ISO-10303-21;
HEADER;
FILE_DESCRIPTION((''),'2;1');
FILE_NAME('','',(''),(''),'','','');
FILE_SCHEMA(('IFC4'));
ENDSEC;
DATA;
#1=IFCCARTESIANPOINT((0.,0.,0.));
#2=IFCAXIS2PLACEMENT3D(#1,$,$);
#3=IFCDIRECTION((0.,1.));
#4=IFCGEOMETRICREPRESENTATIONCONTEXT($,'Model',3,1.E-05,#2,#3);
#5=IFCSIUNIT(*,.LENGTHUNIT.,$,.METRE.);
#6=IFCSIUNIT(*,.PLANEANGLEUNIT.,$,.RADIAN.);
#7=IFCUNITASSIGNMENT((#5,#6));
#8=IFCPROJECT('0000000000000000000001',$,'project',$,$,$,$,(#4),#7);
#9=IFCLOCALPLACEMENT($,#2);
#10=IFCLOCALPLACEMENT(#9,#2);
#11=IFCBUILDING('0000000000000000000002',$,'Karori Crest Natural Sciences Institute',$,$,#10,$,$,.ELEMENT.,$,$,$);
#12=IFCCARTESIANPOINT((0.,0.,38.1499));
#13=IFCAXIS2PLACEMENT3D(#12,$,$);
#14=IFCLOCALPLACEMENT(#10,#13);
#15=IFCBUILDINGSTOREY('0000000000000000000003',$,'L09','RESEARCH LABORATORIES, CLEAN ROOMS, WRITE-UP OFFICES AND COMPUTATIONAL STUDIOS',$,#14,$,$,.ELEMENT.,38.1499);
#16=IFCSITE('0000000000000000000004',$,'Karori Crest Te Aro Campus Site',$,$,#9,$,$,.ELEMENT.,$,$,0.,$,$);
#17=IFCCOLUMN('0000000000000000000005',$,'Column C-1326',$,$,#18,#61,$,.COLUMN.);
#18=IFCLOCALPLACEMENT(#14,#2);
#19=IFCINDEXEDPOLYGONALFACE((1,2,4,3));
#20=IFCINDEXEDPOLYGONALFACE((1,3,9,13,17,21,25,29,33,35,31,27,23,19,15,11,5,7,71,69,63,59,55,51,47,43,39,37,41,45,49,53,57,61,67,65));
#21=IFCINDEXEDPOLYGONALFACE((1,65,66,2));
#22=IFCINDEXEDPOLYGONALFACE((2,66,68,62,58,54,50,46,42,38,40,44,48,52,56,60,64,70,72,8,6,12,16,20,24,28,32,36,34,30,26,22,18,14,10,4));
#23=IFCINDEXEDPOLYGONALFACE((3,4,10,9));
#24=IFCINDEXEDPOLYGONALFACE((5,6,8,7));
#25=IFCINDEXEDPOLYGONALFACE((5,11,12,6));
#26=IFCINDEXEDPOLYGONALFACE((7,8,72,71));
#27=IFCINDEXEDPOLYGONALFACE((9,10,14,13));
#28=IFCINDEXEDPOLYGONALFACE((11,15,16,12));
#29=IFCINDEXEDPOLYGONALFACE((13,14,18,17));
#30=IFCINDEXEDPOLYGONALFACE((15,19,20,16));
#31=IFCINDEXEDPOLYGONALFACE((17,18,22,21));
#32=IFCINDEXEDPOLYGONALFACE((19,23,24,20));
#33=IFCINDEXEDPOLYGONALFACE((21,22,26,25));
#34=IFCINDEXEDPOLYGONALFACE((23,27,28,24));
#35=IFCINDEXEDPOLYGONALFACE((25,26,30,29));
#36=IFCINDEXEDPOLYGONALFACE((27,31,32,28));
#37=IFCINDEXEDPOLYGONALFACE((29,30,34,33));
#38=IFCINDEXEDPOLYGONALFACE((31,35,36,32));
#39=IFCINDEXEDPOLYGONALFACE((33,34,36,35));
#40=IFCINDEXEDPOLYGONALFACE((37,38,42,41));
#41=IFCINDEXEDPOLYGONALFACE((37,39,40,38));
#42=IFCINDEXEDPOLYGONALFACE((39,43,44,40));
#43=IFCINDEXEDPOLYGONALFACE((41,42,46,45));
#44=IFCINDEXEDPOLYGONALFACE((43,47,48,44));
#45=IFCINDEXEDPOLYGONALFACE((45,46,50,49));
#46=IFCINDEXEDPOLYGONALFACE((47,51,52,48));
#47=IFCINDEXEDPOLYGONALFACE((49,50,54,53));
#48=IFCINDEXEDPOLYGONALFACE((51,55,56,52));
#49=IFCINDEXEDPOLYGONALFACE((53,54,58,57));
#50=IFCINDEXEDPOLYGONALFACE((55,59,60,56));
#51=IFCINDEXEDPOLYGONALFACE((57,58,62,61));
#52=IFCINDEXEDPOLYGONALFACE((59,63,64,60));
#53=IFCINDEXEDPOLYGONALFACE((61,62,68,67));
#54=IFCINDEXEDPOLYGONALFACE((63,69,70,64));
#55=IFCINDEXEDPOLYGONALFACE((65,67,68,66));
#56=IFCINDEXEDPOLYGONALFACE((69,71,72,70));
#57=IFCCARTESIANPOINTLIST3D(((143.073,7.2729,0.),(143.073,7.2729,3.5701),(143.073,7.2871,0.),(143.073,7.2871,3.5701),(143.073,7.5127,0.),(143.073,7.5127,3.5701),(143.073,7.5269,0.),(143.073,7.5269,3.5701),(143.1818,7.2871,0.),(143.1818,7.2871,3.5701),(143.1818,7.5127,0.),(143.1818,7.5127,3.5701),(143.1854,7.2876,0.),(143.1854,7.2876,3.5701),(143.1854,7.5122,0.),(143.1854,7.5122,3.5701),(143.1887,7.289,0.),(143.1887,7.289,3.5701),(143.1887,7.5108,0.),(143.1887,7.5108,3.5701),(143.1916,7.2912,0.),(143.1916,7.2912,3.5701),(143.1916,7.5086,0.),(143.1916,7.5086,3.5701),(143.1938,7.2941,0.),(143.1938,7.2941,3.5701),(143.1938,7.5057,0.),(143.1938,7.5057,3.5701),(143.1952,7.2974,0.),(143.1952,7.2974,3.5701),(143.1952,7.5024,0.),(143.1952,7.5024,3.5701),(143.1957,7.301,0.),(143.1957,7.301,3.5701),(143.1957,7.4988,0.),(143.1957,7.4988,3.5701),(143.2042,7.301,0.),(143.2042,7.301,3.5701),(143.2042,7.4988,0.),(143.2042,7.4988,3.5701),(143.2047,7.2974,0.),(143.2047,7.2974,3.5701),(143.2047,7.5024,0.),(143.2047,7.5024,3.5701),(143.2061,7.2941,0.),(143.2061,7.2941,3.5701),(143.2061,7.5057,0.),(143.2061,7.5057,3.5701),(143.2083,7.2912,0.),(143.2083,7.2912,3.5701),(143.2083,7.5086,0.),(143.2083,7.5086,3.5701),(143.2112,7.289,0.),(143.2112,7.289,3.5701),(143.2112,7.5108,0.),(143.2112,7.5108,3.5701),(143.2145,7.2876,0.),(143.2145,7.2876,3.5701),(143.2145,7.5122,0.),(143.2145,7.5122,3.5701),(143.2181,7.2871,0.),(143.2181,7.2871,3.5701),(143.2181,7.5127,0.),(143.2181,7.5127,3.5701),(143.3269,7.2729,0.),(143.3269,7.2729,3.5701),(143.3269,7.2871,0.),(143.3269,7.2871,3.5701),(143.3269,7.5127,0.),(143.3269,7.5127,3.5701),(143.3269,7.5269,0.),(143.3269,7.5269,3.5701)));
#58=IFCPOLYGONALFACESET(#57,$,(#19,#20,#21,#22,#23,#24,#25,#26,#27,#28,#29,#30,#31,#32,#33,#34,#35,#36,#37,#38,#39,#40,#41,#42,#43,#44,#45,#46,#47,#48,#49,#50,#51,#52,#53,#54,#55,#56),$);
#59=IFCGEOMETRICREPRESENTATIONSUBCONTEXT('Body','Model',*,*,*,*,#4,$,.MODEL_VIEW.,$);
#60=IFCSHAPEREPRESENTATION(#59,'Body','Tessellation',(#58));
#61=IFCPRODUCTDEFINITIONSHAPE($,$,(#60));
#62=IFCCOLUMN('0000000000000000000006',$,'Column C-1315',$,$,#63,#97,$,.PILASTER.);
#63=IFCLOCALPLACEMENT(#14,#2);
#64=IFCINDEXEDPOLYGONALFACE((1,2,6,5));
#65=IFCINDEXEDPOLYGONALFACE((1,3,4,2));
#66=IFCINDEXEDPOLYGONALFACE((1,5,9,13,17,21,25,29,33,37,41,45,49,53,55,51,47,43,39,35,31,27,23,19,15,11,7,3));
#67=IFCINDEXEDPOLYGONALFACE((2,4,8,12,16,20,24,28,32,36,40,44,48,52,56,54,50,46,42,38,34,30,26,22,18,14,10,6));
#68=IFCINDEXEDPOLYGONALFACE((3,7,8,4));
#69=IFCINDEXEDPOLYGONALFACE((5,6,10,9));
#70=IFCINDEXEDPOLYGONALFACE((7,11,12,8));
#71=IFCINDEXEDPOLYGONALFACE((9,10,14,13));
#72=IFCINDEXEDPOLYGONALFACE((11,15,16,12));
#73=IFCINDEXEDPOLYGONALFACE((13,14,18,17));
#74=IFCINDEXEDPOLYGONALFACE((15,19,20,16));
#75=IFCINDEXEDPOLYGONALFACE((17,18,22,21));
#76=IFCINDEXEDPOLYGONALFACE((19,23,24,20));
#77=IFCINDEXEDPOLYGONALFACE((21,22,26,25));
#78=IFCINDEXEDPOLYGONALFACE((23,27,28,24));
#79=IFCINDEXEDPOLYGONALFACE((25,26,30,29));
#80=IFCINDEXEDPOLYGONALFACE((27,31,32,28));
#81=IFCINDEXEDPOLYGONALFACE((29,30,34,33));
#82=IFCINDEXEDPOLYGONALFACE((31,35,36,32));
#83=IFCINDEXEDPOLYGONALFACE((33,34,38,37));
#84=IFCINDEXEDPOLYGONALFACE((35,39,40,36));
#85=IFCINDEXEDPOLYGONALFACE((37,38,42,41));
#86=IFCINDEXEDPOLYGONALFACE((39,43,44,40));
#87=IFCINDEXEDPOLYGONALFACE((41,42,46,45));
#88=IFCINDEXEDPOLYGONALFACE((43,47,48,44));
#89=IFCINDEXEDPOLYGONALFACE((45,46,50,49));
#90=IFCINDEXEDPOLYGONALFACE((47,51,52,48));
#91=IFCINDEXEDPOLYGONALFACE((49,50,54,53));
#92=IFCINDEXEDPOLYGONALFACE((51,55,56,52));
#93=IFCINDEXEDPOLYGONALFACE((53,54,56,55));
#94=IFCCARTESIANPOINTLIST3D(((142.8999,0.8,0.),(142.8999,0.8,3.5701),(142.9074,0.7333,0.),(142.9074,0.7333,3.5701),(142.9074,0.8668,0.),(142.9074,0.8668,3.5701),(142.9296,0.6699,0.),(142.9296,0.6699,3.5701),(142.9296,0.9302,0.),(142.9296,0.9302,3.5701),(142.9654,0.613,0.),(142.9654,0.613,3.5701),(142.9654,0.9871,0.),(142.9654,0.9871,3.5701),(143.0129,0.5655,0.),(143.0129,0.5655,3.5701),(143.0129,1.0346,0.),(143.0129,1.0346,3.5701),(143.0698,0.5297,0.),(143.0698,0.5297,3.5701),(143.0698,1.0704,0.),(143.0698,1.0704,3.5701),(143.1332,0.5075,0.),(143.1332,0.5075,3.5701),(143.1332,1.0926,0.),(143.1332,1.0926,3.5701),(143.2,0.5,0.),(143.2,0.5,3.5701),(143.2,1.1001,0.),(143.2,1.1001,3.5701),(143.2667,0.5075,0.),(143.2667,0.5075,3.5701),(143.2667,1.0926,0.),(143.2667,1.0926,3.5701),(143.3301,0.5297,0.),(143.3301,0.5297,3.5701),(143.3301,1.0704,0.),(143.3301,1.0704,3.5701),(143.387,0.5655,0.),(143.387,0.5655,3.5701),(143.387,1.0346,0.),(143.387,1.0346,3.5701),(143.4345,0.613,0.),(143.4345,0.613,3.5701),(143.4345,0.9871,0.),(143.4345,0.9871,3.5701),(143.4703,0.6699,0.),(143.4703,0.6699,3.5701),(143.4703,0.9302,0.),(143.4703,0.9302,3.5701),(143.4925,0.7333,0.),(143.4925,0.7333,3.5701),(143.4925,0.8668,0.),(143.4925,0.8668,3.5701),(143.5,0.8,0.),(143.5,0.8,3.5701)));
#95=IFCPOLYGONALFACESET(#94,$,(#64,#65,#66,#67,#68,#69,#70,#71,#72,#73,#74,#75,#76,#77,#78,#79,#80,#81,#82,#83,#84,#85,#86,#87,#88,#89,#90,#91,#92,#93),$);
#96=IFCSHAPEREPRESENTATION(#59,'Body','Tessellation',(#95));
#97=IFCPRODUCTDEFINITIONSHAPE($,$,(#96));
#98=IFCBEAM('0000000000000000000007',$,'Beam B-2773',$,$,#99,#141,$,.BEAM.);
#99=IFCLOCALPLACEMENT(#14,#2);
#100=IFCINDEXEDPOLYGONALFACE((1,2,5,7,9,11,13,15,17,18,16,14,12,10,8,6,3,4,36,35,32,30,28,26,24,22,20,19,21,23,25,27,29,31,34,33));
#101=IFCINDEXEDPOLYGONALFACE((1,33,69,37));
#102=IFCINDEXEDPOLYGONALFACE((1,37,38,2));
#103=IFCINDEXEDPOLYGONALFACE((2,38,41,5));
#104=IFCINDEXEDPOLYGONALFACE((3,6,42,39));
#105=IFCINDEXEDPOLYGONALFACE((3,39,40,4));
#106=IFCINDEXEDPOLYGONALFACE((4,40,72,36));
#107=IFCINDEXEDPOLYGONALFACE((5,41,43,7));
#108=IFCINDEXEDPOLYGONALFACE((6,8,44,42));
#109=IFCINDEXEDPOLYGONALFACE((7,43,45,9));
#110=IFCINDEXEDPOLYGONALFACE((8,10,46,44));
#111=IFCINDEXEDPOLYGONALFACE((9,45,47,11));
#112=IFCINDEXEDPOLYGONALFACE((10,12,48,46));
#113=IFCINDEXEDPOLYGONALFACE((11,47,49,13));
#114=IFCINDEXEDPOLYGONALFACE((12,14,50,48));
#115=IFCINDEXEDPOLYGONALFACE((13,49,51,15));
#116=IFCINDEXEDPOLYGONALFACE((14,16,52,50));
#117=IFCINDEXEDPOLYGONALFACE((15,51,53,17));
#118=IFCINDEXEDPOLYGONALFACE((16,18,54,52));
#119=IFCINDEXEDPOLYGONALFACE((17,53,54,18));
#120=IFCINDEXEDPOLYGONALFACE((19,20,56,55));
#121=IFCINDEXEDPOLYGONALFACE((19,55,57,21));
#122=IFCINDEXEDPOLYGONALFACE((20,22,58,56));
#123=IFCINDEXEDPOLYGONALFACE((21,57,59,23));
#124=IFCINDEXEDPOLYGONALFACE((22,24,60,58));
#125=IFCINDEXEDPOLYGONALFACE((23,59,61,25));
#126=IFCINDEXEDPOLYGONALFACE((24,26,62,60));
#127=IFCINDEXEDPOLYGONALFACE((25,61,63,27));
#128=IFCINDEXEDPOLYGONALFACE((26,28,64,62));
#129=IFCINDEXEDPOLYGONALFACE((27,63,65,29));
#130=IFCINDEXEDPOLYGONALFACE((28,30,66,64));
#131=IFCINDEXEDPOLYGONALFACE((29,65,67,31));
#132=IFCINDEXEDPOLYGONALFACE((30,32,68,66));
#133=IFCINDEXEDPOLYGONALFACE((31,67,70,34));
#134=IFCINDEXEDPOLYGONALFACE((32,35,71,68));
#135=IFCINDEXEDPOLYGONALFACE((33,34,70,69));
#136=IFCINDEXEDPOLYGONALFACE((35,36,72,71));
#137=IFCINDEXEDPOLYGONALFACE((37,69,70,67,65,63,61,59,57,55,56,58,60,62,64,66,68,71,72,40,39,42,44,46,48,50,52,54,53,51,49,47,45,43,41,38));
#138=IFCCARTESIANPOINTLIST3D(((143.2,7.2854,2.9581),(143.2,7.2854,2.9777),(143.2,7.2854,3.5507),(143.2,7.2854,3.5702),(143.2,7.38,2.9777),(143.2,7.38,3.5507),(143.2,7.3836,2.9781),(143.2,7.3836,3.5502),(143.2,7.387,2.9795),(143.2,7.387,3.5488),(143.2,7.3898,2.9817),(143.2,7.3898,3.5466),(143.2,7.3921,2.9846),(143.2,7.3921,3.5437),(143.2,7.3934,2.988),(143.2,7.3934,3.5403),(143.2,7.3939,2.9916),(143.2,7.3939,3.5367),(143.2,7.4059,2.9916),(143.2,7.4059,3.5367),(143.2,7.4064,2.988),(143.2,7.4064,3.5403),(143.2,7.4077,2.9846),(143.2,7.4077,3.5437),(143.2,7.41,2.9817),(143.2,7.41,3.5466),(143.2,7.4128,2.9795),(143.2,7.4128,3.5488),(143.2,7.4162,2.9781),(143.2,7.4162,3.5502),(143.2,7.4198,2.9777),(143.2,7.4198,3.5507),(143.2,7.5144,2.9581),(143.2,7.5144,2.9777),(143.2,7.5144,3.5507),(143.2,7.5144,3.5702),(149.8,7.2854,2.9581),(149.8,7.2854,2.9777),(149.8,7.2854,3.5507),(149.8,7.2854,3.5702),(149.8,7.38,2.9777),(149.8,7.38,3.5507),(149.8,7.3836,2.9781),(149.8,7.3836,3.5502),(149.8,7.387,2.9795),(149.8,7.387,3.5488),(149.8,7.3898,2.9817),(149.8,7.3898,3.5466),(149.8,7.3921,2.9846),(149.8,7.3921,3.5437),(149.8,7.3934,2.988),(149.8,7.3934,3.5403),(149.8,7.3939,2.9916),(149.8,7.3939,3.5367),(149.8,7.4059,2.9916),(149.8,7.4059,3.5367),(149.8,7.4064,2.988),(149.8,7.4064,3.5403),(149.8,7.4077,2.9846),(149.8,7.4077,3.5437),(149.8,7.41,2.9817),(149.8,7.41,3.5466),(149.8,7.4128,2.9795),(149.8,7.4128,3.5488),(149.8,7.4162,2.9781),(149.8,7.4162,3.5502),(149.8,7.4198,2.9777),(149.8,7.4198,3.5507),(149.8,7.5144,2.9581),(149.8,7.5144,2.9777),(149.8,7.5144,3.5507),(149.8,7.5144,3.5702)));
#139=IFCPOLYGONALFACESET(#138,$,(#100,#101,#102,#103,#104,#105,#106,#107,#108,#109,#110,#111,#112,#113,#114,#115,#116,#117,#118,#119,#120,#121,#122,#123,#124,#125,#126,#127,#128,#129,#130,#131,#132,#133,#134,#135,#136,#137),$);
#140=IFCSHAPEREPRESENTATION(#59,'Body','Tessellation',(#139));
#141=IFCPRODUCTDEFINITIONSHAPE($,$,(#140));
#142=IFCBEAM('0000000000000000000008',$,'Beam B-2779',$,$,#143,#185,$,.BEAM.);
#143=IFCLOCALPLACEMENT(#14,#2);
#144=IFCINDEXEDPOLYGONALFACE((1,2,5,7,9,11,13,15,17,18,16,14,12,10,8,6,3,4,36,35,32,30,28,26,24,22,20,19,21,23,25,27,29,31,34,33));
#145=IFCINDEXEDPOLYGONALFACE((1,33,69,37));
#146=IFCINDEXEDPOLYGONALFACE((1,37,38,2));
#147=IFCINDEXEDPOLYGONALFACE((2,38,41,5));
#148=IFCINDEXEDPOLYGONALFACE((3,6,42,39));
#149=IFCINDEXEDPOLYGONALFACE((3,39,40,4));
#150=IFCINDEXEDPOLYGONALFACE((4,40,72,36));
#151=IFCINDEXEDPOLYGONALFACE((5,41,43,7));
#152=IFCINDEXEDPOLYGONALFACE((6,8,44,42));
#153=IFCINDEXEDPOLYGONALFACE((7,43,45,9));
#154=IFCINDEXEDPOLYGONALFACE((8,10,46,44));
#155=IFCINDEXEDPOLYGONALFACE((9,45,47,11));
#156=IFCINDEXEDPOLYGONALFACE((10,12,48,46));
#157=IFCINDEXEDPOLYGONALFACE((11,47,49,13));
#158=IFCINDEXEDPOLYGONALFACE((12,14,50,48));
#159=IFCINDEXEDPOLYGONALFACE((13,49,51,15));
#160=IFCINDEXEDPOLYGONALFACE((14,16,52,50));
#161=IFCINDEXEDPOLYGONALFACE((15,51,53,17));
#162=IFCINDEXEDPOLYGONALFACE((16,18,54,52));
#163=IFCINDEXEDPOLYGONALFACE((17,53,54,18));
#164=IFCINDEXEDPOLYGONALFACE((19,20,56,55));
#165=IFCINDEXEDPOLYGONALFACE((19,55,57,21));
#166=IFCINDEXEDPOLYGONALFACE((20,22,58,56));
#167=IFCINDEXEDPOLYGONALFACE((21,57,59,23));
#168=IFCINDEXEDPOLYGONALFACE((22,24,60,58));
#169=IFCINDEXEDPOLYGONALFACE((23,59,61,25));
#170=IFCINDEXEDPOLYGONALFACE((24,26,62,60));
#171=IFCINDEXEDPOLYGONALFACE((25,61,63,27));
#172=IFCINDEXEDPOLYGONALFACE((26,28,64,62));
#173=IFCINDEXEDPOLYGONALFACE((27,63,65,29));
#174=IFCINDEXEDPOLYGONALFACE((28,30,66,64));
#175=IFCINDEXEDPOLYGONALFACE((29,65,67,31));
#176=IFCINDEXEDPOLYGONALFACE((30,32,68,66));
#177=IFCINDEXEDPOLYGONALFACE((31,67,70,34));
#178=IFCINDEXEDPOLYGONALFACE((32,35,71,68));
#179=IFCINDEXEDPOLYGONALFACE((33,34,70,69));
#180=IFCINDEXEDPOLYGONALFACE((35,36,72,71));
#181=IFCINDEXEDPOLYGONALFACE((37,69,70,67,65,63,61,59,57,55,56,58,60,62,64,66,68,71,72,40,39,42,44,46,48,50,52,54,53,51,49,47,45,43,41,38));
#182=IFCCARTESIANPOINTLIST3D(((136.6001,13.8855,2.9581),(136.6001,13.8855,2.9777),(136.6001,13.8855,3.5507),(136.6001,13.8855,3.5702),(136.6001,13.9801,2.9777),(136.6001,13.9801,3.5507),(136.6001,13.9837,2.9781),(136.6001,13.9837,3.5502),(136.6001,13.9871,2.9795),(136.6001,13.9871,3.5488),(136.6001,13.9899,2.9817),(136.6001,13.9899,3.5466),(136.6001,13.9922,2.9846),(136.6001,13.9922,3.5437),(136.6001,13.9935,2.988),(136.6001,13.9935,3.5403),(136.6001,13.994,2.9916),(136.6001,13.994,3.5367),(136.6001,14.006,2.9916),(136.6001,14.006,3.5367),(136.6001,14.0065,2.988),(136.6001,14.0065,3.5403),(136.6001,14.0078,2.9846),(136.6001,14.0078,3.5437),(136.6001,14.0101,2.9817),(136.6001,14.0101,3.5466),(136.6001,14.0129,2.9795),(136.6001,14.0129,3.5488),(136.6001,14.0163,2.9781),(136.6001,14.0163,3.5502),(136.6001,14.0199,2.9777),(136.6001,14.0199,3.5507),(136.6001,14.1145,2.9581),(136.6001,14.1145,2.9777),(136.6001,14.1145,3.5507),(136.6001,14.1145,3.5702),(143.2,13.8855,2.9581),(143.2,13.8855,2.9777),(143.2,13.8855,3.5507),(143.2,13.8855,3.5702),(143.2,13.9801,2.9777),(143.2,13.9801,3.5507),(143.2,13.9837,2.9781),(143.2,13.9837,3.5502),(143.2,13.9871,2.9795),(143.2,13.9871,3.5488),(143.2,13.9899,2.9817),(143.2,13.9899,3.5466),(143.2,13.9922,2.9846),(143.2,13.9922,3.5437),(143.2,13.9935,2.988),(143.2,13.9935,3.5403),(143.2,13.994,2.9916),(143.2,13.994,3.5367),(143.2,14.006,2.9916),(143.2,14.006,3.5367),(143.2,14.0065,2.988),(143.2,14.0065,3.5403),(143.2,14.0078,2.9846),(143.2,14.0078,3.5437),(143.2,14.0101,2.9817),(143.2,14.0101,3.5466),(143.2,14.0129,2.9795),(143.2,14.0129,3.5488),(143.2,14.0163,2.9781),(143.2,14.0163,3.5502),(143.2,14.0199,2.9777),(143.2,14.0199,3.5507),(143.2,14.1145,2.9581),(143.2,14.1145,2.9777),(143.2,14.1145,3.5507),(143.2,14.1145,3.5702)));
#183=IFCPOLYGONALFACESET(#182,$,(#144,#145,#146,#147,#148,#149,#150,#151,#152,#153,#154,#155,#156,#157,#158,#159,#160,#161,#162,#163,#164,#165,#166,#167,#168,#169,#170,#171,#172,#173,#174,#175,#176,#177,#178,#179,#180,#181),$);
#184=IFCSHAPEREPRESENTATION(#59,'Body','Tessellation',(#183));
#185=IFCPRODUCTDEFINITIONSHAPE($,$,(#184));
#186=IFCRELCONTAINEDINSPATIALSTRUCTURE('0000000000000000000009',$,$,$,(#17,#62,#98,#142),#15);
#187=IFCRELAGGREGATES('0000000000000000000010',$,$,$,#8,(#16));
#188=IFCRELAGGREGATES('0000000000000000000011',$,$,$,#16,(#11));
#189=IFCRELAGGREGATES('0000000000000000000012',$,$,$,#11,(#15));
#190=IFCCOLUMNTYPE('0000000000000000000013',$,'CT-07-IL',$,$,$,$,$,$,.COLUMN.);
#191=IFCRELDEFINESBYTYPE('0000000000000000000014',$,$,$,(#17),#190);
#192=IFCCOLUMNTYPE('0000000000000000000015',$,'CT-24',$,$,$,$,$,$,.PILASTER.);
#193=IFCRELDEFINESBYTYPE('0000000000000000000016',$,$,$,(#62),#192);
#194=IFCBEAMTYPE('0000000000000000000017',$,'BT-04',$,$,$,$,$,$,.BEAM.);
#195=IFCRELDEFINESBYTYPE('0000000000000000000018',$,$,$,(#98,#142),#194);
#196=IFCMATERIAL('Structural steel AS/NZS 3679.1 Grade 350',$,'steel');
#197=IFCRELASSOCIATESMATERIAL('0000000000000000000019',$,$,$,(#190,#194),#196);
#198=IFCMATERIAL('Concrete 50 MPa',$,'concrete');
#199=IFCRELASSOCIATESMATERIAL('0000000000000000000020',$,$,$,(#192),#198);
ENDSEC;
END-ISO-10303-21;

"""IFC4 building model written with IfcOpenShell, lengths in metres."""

from ifc_helpers import new_model, si_unit, direction, frame, origin, origin_2d, place, context, subcontext, project, spatial, circle, i_section, extrude, material, material_profile, profile_set, type_object, element, save


model = new_model("IFC4")

# Units and contexts
model_context = context("Model", 3, precision=1e-05, world=origin(), true_north=direction((0.0, 1.0)))
body_context = subcontext(model_context, "Body", "Model", "MODEL_VIEW")
ifc_project = project(units=[si_unit("LENGTHUNIT", "METRE"), si_unit("PLANEANGLEUNIT", "RADIAN")], contexts=[model_context])

# Site, building, storey
site_placement = place(None, origin())
site = spatial("IfcSite", under=ifc_project, at=site_placement, Name="Karori Crest Te Aro Campus Site", CompositionType="ELEMENT", RefElevation=0.0)
building_placement = place(site_placement, origin())
building = spatial("IfcBuilding", under=site, at=building_placement, Name="Karori Crest Natural Sciences Institute", CompositionType="ELEMENT")
storey_placement = place(building_placement, frame((0.0, 0.0, 38.1499)))
storey = spatial("IfcBuildingStorey", under=building, at=storey_placement, Name="L09", Description="RESEARCH LABORATORIES, CLEAN ROOMS, WRITE-UP OFFICES AND COMPUTATIONAL STUDIOS", CompositionType="ELEMENT", Elevation=38.1499)

# Columns
ifc_material_1 = material(Name="Structural steel AS/NZS 3679.1 Grade 350", Category="steel")
ifc_material_profile_1 = material_profile(ifc_material_1, i_section(OverallWidth=0.2539, OverallDepth=0.2539, WebThickness=0.0085, FlangeThickness=0.0142, FilletRadius=0.0139, at=origin_2d()), Name="250UC72.9")
ifc_profile_set_1 = profile_set([ifc_material_profile_1], Name="Structural steel AS/NZS 3679.1 Grade 350")
column_type_1 = type_object("IfcColumnType", Name="CT-07-IL", PredefinedType="COLUMN", material=ifc_profile_set_1)
column_1_placement = place(storey_placement, frame((143.2, 7.3999, 0.0), z_axis=(0.0, 0.0, 1.0), x_axis=(1.0, 0.0, 0.0)))
element("IfcColumn", 1, at=column_1_placement, inside=storey, type_object=column_type_1, Name="Column C-1326", PredefinedType="COLUMN", context=body_context, shape_type="SweptSolid", body=[
    extrude(i_section(OverallWidth=0.2539, OverallDepth=0.2539, WebThickness=0.0085, FlangeThickness=0.0142, FilletRadius=0.0139, at=origin_2d()), origin(), (0.0, 0.0, 1.0), 3.5701),
])
ifc_material_2 = material(Name="Concrete 50 MPa", Category="concrete")
ifc_material_profile_2 = material_profile(ifc_material_2, circle(Radius=0.3, at=origin_2d()), Name="RCC600")
ifc_profile_set_2 = profile_set([ifc_material_profile_2], Name="Concrete 50 MPa")
column_type_2 = type_object("IfcColumnType", Name="CT-24", PredefinedType="PILASTER", material=ifc_profile_set_2)
column_2_placement = place(storey_placement, frame((143.2, 0.8, 0.0), z_axis=(0.0, 0.0, 1.0), x_axis=(1.0, 0.0, 0.0)))
element("IfcColumn", 2, at=column_2_placement, inside=storey, type_object=column_type_2, Name="Column C-1315", PredefinedType="PILASTER", context=body_context, shape_type="SweptSolid", body=[
    extrude(circle(Radius=0.3, at=origin_2d()), origin(), (0.0, 0.0, 1.0), 3.5701),
])

# Beams
ifc_material_profile_3 = material_profile(ifc_material_1, i_section(OverallWidth=0.229, OverallDepth=0.6121, WebThickness=0.012, FlangeThickness=0.0195, FilletRadius=0.0139, at=origin_2d()), Name="610UB125")
ifc_profile_set_3 = profile_set([ifc_material_profile_3], Name="Structural steel AS/NZS 3679.1 Grade 350")
beam_type_1 = type_object("IfcBeamType", Name="BT-04", PredefinedType="BEAM", material=ifc_profile_set_3)
beam_1_placement = place(storey_placement, frame((143.2, 7.3999, 3.2642), z_axis=(1.0, 0.0, 0.0), x_axis=(0.0, 1.0, 0.0)))
element("IfcBeam", 3, at=beam_1_placement, inside=storey, type_object=beam_type_1, Name="Beam B-2773", PredefinedType="BEAM", context=body_context, shape_type="SweptSolid", body=[
    extrude(i_section(OverallWidth=0.229, OverallDepth=0.6121, WebThickness=0.012, FlangeThickness=0.0195, FilletRadius=0.0139, at=origin_2d()), origin(), (0.0, 0.0, 1.0), 6.6001),
])
beam_2_placement = place(storey_placement, frame((136.6001, 14.0, 3.2642), z_axis=(1.0, 0.0, 0.0), x_axis=(0.0, 1.0, 0.0)))
element("IfcBeam", 4, at=beam_2_placement, inside=storey, type_object=beam_type_1, Name="Beam B-2779", PredefinedType="BEAM", context=body_context, shape_type="SweptSolid", body=[
    extrude(i_section(OverallWidth=0.229, OverallDepth=0.6121, WebThickness=0.012, FlangeThickness=0.0195, FilletRadius=0.0139, at=origin_2d()), origin(), (0.0, 0.0, 1.0), 6.5999),
])

save(model, "model.ifc")
